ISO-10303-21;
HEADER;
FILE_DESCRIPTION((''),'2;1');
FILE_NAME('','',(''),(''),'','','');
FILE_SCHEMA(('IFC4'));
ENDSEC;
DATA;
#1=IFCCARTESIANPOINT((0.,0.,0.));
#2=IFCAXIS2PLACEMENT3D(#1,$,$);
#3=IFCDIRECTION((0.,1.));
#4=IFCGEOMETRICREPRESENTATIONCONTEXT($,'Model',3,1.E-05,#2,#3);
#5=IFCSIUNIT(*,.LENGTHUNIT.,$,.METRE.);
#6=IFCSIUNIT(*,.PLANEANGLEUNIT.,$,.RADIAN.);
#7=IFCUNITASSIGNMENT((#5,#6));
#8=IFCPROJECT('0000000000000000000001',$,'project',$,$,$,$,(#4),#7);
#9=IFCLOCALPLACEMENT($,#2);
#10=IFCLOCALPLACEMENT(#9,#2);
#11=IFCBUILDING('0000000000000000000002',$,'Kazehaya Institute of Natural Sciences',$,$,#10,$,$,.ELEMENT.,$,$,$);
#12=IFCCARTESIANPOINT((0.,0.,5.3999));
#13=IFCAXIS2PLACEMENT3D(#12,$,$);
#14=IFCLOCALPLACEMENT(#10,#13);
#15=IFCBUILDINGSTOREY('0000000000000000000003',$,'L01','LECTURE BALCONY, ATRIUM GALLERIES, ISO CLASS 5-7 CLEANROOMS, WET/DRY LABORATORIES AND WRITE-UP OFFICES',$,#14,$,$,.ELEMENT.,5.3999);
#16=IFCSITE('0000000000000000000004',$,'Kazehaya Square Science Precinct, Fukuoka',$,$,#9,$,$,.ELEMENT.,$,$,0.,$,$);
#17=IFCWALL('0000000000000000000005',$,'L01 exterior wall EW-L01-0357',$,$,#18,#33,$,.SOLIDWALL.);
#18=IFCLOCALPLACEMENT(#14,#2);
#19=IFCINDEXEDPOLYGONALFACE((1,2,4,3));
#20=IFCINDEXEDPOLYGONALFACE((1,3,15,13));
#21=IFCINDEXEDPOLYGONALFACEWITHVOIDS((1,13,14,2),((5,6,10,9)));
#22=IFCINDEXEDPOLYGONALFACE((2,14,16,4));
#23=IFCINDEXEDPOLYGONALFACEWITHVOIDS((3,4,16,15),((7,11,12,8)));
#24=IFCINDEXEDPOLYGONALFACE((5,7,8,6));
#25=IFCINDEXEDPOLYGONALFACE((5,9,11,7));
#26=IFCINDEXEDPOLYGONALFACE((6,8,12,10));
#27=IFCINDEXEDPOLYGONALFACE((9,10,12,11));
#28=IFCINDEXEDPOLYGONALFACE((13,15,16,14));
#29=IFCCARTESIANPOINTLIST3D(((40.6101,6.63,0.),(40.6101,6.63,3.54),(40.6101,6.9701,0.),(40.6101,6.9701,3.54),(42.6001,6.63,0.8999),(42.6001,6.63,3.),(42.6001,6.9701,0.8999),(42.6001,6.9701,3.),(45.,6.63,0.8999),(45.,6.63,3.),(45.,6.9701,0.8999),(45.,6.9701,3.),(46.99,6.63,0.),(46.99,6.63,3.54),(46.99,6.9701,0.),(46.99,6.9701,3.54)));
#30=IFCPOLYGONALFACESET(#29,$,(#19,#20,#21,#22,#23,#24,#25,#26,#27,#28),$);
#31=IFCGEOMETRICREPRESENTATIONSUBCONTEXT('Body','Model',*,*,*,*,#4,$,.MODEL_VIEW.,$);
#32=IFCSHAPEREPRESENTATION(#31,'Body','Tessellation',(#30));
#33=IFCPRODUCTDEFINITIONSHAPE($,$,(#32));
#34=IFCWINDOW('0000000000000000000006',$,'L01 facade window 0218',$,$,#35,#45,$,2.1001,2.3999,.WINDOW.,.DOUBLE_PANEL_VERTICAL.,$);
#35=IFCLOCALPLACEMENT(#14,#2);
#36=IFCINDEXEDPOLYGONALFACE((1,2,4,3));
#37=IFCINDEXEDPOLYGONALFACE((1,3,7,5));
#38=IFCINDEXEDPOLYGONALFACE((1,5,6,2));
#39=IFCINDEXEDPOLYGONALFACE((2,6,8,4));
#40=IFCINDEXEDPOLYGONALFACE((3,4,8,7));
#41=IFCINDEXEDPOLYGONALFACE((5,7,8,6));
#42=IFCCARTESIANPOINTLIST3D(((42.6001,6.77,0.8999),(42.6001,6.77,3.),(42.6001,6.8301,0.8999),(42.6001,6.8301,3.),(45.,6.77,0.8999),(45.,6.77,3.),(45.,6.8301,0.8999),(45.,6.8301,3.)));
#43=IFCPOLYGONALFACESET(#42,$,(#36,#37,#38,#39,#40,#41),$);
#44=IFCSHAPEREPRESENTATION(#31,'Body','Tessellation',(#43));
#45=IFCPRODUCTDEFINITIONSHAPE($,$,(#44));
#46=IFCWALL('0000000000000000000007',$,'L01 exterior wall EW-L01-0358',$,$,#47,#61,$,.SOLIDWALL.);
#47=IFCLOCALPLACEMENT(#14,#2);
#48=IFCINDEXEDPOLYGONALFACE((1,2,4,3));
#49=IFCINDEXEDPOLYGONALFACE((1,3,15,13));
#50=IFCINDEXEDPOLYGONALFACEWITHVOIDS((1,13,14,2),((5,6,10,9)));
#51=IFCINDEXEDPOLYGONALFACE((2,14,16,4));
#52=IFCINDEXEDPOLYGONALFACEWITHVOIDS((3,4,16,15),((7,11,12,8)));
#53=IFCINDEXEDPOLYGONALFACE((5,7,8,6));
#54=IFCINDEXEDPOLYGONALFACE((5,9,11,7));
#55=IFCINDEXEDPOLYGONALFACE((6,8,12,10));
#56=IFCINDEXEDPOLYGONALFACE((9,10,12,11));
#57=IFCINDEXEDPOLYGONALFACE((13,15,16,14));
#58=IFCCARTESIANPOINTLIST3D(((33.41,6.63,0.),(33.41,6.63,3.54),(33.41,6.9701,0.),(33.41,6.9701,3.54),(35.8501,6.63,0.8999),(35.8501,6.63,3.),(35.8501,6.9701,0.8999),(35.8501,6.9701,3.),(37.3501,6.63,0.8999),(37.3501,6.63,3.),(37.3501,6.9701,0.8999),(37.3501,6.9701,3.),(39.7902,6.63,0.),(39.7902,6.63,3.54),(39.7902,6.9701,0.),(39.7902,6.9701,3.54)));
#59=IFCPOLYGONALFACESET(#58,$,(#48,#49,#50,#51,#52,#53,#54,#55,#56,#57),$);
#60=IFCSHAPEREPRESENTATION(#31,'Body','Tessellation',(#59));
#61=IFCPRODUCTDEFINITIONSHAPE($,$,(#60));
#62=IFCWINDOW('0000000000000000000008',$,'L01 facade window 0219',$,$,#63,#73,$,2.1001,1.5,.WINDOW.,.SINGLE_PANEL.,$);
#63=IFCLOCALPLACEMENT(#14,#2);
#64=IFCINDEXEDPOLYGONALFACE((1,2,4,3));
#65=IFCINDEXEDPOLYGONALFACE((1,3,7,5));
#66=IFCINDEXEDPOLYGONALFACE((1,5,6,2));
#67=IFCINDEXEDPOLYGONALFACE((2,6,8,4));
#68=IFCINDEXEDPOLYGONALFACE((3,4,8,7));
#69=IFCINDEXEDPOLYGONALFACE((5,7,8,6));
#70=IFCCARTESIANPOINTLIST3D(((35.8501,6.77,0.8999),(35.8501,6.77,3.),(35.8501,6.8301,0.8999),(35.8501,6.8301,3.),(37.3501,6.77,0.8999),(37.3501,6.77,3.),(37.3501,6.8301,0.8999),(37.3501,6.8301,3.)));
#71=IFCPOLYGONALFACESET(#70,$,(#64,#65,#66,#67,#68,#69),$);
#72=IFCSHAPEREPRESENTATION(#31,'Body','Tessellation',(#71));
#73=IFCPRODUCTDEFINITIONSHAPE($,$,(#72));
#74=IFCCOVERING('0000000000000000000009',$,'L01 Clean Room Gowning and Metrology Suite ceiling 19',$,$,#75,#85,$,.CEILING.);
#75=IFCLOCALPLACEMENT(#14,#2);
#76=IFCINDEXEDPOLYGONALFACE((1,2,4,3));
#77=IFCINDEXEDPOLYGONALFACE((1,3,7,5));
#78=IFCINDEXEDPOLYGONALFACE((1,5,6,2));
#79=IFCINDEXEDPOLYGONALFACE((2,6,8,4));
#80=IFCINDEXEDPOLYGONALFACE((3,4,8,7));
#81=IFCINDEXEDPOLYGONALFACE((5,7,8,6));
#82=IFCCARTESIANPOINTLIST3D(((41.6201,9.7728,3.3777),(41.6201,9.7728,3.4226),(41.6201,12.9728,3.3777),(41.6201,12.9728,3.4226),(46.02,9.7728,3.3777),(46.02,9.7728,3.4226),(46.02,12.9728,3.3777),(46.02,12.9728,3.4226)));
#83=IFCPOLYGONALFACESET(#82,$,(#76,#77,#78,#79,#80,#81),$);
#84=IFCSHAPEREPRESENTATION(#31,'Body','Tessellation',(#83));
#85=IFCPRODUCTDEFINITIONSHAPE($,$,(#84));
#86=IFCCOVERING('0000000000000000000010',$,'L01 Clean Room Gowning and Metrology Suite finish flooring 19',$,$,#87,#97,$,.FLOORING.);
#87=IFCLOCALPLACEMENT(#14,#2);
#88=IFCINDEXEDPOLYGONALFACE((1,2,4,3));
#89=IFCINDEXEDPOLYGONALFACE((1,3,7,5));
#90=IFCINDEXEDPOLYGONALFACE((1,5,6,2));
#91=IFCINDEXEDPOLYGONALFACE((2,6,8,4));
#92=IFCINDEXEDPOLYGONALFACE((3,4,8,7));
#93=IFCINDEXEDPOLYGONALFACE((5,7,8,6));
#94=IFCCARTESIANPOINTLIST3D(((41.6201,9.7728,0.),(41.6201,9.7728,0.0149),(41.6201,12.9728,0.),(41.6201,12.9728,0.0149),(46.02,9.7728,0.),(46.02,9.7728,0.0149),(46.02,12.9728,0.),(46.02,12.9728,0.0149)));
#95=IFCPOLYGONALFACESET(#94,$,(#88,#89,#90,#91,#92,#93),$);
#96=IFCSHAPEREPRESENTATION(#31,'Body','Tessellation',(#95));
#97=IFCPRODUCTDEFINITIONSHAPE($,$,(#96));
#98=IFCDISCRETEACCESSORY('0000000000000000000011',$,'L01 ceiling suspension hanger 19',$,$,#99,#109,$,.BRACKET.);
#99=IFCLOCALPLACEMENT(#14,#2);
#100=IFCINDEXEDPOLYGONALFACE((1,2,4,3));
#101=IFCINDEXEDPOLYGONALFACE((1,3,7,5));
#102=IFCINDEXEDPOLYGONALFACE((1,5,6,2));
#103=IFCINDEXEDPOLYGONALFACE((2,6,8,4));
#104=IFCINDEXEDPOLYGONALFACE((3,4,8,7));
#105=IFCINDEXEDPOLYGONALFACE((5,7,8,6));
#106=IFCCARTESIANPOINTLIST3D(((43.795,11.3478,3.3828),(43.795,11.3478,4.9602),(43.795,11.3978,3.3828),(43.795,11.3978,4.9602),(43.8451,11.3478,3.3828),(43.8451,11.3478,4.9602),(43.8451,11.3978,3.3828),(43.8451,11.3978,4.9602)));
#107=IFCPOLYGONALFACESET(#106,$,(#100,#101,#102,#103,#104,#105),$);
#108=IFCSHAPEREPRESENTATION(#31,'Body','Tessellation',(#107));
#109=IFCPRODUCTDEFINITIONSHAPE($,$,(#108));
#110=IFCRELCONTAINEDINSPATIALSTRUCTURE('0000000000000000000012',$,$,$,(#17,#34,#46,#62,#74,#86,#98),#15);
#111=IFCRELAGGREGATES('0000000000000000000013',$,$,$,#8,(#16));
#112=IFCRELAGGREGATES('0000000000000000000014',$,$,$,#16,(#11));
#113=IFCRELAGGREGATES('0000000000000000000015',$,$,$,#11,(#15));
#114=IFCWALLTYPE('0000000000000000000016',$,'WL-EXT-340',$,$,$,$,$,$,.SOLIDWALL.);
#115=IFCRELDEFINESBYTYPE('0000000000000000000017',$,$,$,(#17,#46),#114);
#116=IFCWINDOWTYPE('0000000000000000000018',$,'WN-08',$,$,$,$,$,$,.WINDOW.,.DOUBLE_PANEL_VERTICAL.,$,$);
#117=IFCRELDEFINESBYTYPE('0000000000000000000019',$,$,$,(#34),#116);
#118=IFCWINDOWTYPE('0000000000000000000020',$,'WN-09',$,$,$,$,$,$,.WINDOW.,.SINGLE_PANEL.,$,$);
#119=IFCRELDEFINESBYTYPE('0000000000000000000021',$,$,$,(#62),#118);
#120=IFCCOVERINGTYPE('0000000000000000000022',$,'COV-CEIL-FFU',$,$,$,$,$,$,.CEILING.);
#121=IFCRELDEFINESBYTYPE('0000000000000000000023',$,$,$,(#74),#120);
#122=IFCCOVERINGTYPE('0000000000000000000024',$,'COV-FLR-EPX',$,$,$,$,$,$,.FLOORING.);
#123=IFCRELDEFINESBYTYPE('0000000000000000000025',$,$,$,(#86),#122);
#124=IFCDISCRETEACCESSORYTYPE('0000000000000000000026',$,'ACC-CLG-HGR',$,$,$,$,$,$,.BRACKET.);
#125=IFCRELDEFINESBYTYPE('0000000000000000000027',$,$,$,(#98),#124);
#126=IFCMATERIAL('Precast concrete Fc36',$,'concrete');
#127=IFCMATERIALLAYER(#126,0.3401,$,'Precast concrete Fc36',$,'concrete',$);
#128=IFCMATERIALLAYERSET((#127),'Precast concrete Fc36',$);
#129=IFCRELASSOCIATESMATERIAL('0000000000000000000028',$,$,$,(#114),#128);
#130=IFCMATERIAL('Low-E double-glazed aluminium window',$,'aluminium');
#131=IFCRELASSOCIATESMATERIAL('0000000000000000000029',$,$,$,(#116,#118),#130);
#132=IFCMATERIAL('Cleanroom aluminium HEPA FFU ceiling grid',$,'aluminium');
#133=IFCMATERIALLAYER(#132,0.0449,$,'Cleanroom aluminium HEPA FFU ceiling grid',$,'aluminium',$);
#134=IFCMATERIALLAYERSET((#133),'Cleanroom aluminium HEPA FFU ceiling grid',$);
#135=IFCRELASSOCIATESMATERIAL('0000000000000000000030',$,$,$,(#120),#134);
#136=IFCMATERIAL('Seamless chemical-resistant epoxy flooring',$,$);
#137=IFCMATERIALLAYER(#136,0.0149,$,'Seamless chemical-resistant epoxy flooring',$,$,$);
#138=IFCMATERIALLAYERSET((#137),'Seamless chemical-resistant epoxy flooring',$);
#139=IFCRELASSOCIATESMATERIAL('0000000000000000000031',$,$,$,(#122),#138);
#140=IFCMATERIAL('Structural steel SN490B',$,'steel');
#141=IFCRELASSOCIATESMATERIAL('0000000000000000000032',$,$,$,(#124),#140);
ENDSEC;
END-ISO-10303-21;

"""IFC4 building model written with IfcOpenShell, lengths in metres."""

from ifc_helpers import new_model, si_unit, direction, frame, frame_2d, origin, origin_2d, place, context, subcontext, project, spatial, rectangle, extrude, material, layer, layer_set, type_object, element, fill, save


model = new_model("IFC4")

# Units and contexts
model_context = context("Model", 3, precision=1e-05, world=origin(), true_north=direction((0.0, 1.0)))
body_context = subcontext(model_context, "Body", "Model", "MODEL_VIEW")
ifc_project = project(units=[si_unit("LENGTHUNIT", "METRE"), si_unit("PLANEANGLEUNIT", "RADIAN")], contexts=[model_context])

# Site, building, storey
site_placement = place(None, origin())
site = spatial("IfcSite", under=ifc_project, at=site_placement, Name="Kazehaya Square Science Precinct, Fukuoka", CompositionType="ELEMENT", RefElevation=0.0)
building_placement = place(site_placement, origin())
building = spatial("IfcBuilding", under=site, at=building_placement, Name="Kazehaya Institute of Natural Sciences", CompositionType="ELEMENT")
storey_placement = place(building_placement, frame((0.0, 0.0, 5.3999)))
storey = spatial("IfcBuildingStorey", under=building, at=storey_placement, Name="L01", Description="LECTURE BALCONY, ATRIUM GALLERIES, ISO CLASS 5-7 CLEANROOMS, WET/DRY LABORATORIES AND WRITE-UP OFFICES", CompositionType="ELEMENT", Elevation=5.3999)

# Shared definitions
ifc_material_1 = material(Name="Precast concrete Fc36", Category="concrete")

# Walls, openings, windows
ifc_layer_1 = layer(ifc_material_1, 0.3401, Name="Precast concrete Fc36", Category="concrete")
ifc_layer_set_1 = layer_set([ifc_layer_1], Name="Precast concrete Fc36")
wall_type = type_object("IfcWallType", Name="WL-EXT-340", PredefinedType="SOLIDWALL", material=ifc_layer_set_1)
wall_1_placement = place(storey_placement, frame((46.99, 6.8, 0.0), z_axis=(0.0, 0.0, 1.0), x_axis=(-1.0, 0.0, 0.0)))
wall_1 = element("IfcWall", 1, at=wall_1_placement, inside=storey, type_object=wall_type, Name="L01 exterior wall EW-L01-0357", PredefinedType="SOLIDWALL", context=body_context, shape_type="SweptSolid", body=[
    extrude(rectangle(XDim=6.3799, YDim=0.3401, at=frame_2d((3.1899, 0.0))), origin(), (0.0, 0.0, 1.0), 3.54),
])
opening_1_placement = place(wall_1_placement, frame((1.99, 0.0, 0.8999)))
opening_1 = element("IfcOpeningElement", 2, at=opening_1_placement, cuts=wall_1, PredefinedType="OPENING", context=body_context, shape_type="SweptSolid", body=[
    extrude(rectangle(XDim=2.3999, YDim=2.1001, at=frame_2d((1.2, 1.05))), frame((0.0, 0.1799, 0.0), z_axis=(0.0, -1.0, 0.0), x_axis=(1.0, 0.0, 0.0)), (0.0, 0.0, 1.0), 0.3601),
])
ifc_material_2 = material(Name="Low-E double-glazed aluminium window", Category="aluminium")
window_type_1 = type_object("IfcWindowType", Name="WN-08", PartitioningType="DOUBLE_PANEL_VERTICAL", PredefinedType="WINDOW", material=ifc_material_2)
window_1_placement = place(opening_1_placement, origin())
window_1 = element("IfcWindow", 3, at=window_1_placement, inside=storey, type_object=window_type_1, Name="L01 facade window 0218", OverallHeight=2.1001, OverallWidth=2.3999, PartitioningType="DOUBLE_PANEL_VERTICAL", PredefinedType="WINDOW", context=body_context, shape_type="SweptSolid", body=[
    extrude(rectangle(XDim=2.3999, YDim=2.1001, at=frame_2d((1.2, 1.05))), frame((0.0, 0.03, 0.0), z_axis=(0.0, -1.0, 0.0), x_axis=(1.0, 0.0, 0.0)), (0.0, 0.0, 1.0), 0.0601),
])
fill(opening_1, window_1)
wall_2_placement = place(storey_placement, frame((39.79, 6.8, 0.0), z_axis=(0.0, 0.0, 1.0), x_axis=(-1.0, 0.0, 0.0)))
wall_2 = element("IfcWall", 4, at=wall_2_placement, inside=storey, type_object=wall_type, Name="L01 exterior wall EW-L01-0358", PredefinedType="SOLIDWALL", context=body_context, shape_type="SweptSolid", body=[
    extrude(rectangle(XDim=6.3801, YDim=0.3401, at=frame_2d((3.1899, 0.0))), origin(), (0.0, 0.0, 1.0), 3.54),
])
opening_2_placement = place(wall_2_placement, frame((2.4399, 0.0, 0.8999)))
opening_2 = element("IfcOpeningElement", 5, at=opening_2_placement, cuts=wall_2, PredefinedType="OPENING", context=body_context, shape_type="SweptSolid", body=[
    extrude(rectangle(XDim=1.5, YDim=2.1001, at=frame_2d((0.75, 1.05))), frame((0.0, 0.1799, 0.0), z_axis=(0.0, -1.0, 0.0), x_axis=(1.0, 0.0, 0.0)), (0.0, 0.0, 1.0), 0.3601),
])
window_type_2 = type_object("IfcWindowType", Name="WN-09", PartitioningType="SINGLE_PANEL", PredefinedType="WINDOW", material=ifc_material_2)
window_2_placement = place(opening_2_placement, origin())
window_2 = element("IfcWindow", 6, at=window_2_placement, inside=storey, type_object=window_type_2, Name="L01 facade window 0219", OverallHeight=2.1001, OverallWidth=1.5, PartitioningType="SINGLE_PANEL", PredefinedType="WINDOW", context=body_context, shape_type="SweptSolid", body=[
    extrude(rectangle(XDim=1.5, YDim=2.1001, at=frame_2d((0.75, 1.05))), frame((0.0, 0.03, 0.0), z_axis=(0.0, -1.0, 0.0), x_axis=(1.0, 0.0, 0.0)), (0.0, 0.0, 1.0), 0.0601),
])
fill(opening_2, window_2)

# Coverings
ifc_material_3 = material(Name="Cleanroom aluminium HEPA FFU ceiling grid", Category="aluminium")
ifc_layer_2 = layer(ifc_material_3, 0.0449, Name="Cleanroom aluminium HEPA FFU ceiling grid", Category="aluminium")
ifc_layer_set_2 = layer_set([ifc_layer_2], Name="Cleanroom aluminium HEPA FFU ceiling grid")
covering_type_1 = type_object("IfcCoveringType", Name="COV-CEIL-FFU", PredefinedType="CEILING", material=ifc_layer_set_2)
covering_1_placement = place(storey_placement, frame((43.8201, 11.3728, 3.3777), z_axis=(0.0, 0.0, 1.0), x_axis=(1.0, 0.0, 0.0)))
element("IfcCovering", 7, at=covering_1_placement, inside=storey, type_object=covering_type_1, Name="L01 Clean Room Gowning and Metrology Suite ceiling 19", PredefinedType="CEILING", context=body_context, shape_type="SweptSolid", body=[
    extrude(rectangle(XDim=4.3999, YDim=3.2, at=origin_2d()), origin(), (0.0, 0.0, 1.0), 0.0449),
])
ifc_material_4 = material(Name="Seamless chemical-resistant epoxy flooring")
ifc_layer_3 = layer(ifc_material_4, 0.0149, Name="Seamless chemical-resistant epoxy flooring")
ifc_layer_set_3 = layer_set([ifc_layer_3], Name="Seamless chemical-resistant epoxy flooring")
covering_type_2 = type_object("IfcCoveringType", Name="COV-FLR-EPX", PredefinedType="FLOORING", material=ifc_layer_set_3)
covering_2_placement = place(storey_placement, frame((43.8201, 11.3728, 0.0), z_axis=(0.0, 0.0, 1.0), x_axis=(1.0, 0.0, 0.0)))
element("IfcCovering", 8, at=covering_2_placement, inside=storey, type_object=covering_type_2, Name="L01 Clean Room Gowning and Metrology Suite finish flooring 19", PredefinedType="FLOORING", context=body_context, shape_type="SweptSolid", body=[
    extrude(rectangle(XDim=4.3999, YDim=3.2, at=origin_2d()), origin(), (0.0, 0.0, 1.0), 0.0149),
])

# Discrete accessory
ifc_material_5 = material(Name="Structural steel SN490B", Category="steel")
discrete_accessory_type = type_object("IfcDiscreteAccessoryType", Name="ACC-CLG-HGR", PredefinedType="BRACKET", material=ifc_material_5)
discrete_accessory_placement = place(storey_placement, frame((43.8201, 11.3728, 3.3828), z_axis=(0.0, 0.0, 1.0), x_axis=(1.0, 0.0, 0.0)))
element("IfcDiscreteAccessory", 9, at=discrete_accessory_placement, inside=storey, type_object=discrete_accessory_type, Name="L01 ceiling suspension hanger 19", PredefinedType="BRACKET", context=body_context, shape_type="SweptSolid", body=[
    extrude(rectangle(XDim=0.05, YDim=0.05, at=origin_2d()), origin(), (0.0, 0.0, 1.0), 1.5774),
])

save(model, "model.ifc")
